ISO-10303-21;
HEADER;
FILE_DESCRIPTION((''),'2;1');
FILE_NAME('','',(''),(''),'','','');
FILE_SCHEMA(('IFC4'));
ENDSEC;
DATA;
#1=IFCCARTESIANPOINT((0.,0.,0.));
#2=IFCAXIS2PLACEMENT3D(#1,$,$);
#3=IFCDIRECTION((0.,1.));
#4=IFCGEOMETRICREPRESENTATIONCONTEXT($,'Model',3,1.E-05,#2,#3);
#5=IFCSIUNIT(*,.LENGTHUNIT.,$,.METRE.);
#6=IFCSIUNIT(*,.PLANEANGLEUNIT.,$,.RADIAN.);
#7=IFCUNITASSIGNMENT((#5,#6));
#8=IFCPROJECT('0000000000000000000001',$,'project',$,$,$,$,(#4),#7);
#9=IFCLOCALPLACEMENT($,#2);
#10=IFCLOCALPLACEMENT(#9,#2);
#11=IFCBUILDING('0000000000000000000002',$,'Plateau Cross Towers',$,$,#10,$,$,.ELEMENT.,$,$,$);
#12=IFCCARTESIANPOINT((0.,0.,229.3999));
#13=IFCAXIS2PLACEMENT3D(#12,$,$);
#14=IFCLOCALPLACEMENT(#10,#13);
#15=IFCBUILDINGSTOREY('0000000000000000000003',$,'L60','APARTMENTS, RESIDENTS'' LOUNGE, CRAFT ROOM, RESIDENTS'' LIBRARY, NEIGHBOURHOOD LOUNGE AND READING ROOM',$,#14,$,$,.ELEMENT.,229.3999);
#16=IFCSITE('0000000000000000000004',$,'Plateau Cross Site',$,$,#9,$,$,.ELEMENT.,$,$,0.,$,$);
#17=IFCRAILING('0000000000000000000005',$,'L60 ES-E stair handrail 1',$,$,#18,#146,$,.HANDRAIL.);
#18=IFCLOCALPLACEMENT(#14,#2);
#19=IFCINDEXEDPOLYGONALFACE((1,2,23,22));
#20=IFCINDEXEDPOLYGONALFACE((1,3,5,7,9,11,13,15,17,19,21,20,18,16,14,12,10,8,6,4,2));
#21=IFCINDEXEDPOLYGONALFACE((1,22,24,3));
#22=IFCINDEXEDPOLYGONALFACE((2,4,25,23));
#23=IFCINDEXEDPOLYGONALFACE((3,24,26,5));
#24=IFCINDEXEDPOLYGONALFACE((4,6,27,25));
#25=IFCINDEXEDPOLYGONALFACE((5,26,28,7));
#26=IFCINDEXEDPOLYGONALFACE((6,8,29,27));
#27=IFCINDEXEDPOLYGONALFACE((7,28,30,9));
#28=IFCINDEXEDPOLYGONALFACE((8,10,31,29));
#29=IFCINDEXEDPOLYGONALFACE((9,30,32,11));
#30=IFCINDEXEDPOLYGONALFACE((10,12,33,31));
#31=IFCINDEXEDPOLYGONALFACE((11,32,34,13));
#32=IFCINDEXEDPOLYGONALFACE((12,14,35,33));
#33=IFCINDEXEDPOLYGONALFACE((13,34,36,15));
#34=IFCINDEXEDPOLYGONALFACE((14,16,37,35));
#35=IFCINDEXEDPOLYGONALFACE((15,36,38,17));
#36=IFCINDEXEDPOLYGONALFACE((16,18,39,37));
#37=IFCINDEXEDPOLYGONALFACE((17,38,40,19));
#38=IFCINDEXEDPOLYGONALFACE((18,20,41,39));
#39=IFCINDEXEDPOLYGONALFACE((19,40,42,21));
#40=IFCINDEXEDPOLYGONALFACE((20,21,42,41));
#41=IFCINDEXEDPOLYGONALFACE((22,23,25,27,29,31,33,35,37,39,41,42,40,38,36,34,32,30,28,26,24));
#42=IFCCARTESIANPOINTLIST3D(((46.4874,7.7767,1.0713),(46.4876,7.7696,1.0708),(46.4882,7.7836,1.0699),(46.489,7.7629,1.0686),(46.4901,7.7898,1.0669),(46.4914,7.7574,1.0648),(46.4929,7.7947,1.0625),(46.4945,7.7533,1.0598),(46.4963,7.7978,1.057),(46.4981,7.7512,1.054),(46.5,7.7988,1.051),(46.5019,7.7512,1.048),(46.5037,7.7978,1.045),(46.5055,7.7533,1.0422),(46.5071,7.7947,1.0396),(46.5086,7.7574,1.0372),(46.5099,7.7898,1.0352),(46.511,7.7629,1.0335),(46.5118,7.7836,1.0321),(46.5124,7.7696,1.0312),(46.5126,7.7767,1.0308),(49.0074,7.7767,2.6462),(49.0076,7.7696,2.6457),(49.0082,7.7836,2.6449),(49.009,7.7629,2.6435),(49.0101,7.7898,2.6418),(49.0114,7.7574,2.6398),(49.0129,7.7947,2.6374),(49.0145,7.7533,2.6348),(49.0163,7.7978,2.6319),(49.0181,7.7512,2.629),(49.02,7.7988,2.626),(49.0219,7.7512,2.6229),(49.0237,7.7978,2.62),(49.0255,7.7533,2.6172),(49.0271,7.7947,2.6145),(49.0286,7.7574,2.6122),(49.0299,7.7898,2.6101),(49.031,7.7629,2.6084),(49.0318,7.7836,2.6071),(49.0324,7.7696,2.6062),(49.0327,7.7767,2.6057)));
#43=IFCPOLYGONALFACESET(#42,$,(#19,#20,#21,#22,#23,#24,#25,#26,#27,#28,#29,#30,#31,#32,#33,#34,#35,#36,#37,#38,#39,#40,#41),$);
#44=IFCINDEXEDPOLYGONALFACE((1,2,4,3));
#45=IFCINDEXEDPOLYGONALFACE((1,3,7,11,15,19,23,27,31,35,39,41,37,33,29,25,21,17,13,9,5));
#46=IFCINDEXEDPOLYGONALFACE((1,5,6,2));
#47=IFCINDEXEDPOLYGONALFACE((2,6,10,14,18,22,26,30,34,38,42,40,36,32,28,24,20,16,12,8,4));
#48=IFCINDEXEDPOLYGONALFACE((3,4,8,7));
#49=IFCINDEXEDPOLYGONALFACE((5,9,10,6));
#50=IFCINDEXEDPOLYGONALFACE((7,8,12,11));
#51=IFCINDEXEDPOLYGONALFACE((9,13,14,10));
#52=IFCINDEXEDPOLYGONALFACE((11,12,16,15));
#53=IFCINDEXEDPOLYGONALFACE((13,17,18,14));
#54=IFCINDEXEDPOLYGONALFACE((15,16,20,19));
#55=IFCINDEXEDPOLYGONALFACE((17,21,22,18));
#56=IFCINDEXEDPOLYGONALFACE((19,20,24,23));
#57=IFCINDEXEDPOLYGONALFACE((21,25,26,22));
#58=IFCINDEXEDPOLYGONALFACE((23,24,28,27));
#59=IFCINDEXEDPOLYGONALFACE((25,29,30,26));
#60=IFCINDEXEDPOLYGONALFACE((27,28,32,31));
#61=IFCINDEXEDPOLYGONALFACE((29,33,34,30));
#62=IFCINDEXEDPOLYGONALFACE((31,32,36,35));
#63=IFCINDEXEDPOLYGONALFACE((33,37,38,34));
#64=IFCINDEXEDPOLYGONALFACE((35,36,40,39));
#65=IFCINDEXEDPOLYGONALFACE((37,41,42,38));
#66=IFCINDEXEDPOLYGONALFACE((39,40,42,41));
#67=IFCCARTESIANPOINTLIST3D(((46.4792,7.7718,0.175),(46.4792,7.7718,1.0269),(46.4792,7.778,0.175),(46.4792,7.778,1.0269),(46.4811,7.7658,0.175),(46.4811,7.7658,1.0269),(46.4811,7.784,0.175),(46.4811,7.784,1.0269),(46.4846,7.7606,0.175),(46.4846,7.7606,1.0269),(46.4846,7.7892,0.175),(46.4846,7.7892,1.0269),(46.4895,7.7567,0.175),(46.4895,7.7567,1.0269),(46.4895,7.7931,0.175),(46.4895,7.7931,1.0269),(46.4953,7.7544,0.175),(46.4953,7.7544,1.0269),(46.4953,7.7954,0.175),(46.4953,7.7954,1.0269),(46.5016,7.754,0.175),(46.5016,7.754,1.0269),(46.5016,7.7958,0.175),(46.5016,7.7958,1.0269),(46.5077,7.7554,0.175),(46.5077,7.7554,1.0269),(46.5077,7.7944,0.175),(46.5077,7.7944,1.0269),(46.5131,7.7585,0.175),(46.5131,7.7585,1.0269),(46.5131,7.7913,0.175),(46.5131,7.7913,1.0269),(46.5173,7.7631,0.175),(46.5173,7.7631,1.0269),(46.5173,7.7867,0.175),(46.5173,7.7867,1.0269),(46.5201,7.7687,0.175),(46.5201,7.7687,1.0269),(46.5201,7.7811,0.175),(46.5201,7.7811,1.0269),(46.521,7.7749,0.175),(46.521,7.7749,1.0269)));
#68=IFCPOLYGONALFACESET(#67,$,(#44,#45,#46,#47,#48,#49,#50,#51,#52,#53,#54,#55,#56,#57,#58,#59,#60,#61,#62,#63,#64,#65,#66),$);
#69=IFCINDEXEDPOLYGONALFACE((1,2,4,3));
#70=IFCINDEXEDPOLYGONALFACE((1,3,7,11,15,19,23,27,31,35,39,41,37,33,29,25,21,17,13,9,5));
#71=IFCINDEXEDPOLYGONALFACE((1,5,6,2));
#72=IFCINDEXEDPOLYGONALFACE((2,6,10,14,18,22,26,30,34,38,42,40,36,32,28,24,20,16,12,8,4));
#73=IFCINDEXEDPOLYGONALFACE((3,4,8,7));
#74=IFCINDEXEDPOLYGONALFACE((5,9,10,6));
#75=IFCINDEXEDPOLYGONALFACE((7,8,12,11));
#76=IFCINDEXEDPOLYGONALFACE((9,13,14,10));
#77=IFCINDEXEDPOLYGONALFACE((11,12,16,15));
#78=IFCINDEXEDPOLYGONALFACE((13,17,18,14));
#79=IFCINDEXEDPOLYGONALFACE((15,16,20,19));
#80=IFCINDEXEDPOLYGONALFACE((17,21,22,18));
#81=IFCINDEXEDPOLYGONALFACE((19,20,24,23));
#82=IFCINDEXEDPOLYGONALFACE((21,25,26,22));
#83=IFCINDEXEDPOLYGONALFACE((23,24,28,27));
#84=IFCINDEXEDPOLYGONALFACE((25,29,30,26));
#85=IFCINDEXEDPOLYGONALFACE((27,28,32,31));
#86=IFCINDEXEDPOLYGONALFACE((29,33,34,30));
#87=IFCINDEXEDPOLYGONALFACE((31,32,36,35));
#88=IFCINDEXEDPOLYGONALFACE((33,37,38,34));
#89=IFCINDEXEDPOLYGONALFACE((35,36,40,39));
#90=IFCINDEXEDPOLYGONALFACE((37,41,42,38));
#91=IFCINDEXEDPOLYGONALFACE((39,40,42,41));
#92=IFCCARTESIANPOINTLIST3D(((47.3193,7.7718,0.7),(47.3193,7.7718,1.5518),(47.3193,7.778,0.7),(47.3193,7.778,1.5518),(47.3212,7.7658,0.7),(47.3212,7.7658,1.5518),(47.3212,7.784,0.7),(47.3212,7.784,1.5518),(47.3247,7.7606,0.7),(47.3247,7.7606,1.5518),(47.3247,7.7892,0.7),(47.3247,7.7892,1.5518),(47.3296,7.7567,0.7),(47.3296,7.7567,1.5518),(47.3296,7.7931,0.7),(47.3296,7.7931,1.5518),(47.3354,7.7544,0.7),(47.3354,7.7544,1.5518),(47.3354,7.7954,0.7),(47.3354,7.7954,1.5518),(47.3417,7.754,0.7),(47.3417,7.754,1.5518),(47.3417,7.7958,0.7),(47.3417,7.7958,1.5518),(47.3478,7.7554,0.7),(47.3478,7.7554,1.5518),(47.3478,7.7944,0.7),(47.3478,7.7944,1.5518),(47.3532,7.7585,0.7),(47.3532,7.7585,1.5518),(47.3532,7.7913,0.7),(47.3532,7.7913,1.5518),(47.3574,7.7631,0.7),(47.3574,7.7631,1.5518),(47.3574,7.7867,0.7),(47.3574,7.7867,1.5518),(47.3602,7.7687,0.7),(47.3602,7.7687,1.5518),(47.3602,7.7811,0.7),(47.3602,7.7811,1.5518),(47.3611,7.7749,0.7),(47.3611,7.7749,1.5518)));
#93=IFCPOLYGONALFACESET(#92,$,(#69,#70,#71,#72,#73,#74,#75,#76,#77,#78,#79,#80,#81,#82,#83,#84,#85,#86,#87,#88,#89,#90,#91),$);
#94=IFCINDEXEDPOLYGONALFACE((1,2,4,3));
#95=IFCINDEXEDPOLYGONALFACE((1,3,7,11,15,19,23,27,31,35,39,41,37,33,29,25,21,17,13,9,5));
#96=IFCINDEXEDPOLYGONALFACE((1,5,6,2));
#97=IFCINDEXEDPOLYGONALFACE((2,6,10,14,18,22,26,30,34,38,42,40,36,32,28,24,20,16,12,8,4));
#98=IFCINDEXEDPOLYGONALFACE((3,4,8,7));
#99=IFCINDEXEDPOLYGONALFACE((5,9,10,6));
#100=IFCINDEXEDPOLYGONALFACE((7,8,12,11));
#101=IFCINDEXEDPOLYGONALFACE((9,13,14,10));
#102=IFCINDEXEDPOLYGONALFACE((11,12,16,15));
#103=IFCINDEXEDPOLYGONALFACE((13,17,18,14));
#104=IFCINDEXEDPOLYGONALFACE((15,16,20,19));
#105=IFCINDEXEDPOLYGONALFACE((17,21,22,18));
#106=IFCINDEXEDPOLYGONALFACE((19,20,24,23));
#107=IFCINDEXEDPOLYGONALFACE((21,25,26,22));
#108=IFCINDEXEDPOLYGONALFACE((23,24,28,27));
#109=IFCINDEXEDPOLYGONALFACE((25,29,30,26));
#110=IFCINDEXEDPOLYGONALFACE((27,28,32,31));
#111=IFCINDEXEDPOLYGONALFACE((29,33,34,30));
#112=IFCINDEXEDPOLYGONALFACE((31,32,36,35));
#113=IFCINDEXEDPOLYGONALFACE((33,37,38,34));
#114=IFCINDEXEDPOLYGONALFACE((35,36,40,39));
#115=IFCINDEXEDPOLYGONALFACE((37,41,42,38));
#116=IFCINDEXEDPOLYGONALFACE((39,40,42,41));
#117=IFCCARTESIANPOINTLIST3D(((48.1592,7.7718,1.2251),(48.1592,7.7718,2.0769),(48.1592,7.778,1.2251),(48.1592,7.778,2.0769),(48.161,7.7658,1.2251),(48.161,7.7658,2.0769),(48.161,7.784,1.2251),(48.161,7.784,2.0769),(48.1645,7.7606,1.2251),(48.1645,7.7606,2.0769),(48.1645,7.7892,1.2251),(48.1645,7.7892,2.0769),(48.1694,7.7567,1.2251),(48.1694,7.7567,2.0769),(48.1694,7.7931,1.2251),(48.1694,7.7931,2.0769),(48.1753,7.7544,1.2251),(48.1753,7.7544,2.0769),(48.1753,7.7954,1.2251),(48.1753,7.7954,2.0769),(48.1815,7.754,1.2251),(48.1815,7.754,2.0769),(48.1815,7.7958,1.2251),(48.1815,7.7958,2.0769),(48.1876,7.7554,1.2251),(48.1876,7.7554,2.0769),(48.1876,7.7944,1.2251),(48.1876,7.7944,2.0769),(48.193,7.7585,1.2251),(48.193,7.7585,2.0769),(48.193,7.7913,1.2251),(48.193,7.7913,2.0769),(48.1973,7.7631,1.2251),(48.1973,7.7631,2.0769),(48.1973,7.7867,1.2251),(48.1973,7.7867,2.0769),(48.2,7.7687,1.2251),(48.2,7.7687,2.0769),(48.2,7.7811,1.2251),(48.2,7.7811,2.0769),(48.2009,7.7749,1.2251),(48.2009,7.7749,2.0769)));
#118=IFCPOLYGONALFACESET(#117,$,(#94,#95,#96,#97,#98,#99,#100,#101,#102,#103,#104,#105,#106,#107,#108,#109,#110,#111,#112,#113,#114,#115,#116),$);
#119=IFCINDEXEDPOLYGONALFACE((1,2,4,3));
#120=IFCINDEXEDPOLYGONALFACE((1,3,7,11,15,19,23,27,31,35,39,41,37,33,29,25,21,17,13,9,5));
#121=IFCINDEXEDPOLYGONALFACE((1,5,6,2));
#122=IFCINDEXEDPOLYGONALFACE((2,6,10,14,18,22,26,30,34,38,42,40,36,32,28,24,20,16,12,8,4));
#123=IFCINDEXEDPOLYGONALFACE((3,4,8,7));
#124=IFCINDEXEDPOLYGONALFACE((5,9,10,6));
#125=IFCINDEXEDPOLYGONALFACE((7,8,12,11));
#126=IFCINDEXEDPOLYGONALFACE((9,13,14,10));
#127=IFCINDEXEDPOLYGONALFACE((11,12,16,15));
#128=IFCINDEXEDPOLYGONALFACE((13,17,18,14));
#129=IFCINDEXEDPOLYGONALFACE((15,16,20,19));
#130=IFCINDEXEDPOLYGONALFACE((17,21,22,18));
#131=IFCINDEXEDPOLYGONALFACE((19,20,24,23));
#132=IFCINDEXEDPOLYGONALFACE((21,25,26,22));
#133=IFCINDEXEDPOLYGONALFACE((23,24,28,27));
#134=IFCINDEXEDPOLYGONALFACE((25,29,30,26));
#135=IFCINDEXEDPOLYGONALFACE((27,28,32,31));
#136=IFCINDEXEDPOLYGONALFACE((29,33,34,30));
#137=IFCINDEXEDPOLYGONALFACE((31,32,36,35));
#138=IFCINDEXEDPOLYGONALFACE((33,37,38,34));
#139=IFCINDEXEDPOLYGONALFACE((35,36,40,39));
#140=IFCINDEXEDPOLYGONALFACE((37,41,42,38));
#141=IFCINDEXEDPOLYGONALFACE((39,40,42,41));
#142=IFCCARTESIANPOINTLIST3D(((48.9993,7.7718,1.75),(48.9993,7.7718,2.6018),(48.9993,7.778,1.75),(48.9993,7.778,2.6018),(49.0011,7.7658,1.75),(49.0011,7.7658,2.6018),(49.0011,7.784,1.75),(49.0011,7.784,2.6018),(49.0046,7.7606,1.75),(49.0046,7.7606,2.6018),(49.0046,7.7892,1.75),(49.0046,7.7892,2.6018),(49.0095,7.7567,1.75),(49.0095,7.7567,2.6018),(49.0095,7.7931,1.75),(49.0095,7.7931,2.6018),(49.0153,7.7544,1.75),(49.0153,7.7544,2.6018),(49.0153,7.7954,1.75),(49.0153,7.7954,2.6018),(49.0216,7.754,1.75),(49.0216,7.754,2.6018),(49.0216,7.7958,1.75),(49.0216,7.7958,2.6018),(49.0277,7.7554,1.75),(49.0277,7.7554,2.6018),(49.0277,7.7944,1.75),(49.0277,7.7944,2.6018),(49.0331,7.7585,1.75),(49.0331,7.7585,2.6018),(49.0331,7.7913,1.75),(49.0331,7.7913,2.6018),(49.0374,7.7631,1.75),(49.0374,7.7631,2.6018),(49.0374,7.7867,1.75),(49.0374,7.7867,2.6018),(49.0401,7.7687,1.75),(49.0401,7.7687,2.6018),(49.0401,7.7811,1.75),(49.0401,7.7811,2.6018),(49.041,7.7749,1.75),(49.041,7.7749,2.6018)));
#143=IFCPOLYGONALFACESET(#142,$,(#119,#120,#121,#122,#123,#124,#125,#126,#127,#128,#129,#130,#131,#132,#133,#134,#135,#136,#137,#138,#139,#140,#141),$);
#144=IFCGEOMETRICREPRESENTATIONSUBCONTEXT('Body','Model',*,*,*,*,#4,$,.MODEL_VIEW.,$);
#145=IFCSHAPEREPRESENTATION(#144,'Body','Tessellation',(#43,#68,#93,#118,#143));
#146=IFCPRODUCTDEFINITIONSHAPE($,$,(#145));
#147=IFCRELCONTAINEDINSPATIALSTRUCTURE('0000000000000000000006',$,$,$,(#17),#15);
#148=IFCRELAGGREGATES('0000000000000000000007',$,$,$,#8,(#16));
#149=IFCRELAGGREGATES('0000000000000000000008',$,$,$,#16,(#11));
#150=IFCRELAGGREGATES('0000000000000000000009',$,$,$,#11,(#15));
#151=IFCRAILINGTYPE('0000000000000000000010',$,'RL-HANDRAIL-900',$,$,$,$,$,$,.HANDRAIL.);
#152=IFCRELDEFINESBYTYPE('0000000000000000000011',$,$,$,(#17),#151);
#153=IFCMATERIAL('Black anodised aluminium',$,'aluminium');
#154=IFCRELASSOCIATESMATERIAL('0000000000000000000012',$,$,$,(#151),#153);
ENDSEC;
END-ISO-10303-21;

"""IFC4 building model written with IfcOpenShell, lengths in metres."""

from ifc_helpers import new_model, si_unit, direction, frame, origin, origin_2d, place, context, subcontext, project, spatial, circle, extrude, material, type_object, element, save


model = new_model("IFC4")

# Units and contexts
model_context = context("Model", 3, precision=1e-05, world=origin(), true_north=direction((0.0, 1.0)))
body_context = subcontext(model_context, "Body", "Model", "MODEL_VIEW")
ifc_project = project(units=[si_unit("LENGTHUNIT", "METRE"), si_unit("PLANEANGLEUNIT", "RADIAN")], contexts=[model_context])

# Site, building, storey
site_placement = place(None, origin())
site = spatial("IfcSite", under=ifc_project, at=site_placement, Name="Plateau Cross Site", CompositionType="ELEMENT", RefElevation=0.0)
building_placement = place(site_placement, origin())
building = spatial("IfcBuilding", under=site, at=building_placement, Name="Plateau Cross Towers", CompositionType="ELEMENT")
storey_placement = place(building_placement, frame((0.0, 0.0, 229.3999)))
storey = spatial("IfcBuildingStorey", under=building, at=storey_placement, Name="L60", Description="APARTMENTS, RESIDENTS' LOUNGE, CRAFT ROOM, RESIDENTS' LIBRARY, NEIGHBOURHOOD LOUNGE AND READING ROOM", CompositionType="ELEMENT", Elevation=229.3999)

# Shared definitions
ifc_material_1 = material(Name="Black anodised aluminium", Category="aluminium")

# Railing
railing_type_1 = type_object("IfcRailingType", Name="RL-HANDRAIL-900", PredefinedType="HANDRAIL", material=ifc_material_1)
railing_1_placement = place(storey_placement, frame((46.5, 7.7749, 0.175)))
element("IfcRailing", 1, at=railing_1_placement, inside=storey, type_object=railing_type_1, Name="L60 ES-E stair handrail 1", PredefinedType="HANDRAIL", context=body_context, shape_type="SweptSolid", body=[
    extrude(circle(Radius=0.0239, at=origin_2d()), frame((0.0, 0.0, 0.876), z_axis=(0.848008, 0.0, 0.529984), x_axis=(0.0, 1.0, 0.0)), (0.0, 0.0, 1.0), 2.9717),
    extrude(circle(Radius=0.021, at=origin_2d()), origin(), (0.0, 0.0, 1.0), 0.8518),
    extrude(circle(Radius=0.021, at=origin_2d()), frame((0.8401, 0.0, 0.5249)), (0.0, 0.0, 1.0), 0.8518),
    extrude(circle(Radius=0.021, at=origin_2d()), frame((1.6799, 0.0, 1.05)), (0.0, 0.0, 1.0), 0.8518),
    extrude(circle(Radius=0.021, at=origin_2d()), frame((2.52, 0.0, 1.575)), (0.0, 0.0, 1.0), 0.8518),
])

save(model, "model.ifc")
